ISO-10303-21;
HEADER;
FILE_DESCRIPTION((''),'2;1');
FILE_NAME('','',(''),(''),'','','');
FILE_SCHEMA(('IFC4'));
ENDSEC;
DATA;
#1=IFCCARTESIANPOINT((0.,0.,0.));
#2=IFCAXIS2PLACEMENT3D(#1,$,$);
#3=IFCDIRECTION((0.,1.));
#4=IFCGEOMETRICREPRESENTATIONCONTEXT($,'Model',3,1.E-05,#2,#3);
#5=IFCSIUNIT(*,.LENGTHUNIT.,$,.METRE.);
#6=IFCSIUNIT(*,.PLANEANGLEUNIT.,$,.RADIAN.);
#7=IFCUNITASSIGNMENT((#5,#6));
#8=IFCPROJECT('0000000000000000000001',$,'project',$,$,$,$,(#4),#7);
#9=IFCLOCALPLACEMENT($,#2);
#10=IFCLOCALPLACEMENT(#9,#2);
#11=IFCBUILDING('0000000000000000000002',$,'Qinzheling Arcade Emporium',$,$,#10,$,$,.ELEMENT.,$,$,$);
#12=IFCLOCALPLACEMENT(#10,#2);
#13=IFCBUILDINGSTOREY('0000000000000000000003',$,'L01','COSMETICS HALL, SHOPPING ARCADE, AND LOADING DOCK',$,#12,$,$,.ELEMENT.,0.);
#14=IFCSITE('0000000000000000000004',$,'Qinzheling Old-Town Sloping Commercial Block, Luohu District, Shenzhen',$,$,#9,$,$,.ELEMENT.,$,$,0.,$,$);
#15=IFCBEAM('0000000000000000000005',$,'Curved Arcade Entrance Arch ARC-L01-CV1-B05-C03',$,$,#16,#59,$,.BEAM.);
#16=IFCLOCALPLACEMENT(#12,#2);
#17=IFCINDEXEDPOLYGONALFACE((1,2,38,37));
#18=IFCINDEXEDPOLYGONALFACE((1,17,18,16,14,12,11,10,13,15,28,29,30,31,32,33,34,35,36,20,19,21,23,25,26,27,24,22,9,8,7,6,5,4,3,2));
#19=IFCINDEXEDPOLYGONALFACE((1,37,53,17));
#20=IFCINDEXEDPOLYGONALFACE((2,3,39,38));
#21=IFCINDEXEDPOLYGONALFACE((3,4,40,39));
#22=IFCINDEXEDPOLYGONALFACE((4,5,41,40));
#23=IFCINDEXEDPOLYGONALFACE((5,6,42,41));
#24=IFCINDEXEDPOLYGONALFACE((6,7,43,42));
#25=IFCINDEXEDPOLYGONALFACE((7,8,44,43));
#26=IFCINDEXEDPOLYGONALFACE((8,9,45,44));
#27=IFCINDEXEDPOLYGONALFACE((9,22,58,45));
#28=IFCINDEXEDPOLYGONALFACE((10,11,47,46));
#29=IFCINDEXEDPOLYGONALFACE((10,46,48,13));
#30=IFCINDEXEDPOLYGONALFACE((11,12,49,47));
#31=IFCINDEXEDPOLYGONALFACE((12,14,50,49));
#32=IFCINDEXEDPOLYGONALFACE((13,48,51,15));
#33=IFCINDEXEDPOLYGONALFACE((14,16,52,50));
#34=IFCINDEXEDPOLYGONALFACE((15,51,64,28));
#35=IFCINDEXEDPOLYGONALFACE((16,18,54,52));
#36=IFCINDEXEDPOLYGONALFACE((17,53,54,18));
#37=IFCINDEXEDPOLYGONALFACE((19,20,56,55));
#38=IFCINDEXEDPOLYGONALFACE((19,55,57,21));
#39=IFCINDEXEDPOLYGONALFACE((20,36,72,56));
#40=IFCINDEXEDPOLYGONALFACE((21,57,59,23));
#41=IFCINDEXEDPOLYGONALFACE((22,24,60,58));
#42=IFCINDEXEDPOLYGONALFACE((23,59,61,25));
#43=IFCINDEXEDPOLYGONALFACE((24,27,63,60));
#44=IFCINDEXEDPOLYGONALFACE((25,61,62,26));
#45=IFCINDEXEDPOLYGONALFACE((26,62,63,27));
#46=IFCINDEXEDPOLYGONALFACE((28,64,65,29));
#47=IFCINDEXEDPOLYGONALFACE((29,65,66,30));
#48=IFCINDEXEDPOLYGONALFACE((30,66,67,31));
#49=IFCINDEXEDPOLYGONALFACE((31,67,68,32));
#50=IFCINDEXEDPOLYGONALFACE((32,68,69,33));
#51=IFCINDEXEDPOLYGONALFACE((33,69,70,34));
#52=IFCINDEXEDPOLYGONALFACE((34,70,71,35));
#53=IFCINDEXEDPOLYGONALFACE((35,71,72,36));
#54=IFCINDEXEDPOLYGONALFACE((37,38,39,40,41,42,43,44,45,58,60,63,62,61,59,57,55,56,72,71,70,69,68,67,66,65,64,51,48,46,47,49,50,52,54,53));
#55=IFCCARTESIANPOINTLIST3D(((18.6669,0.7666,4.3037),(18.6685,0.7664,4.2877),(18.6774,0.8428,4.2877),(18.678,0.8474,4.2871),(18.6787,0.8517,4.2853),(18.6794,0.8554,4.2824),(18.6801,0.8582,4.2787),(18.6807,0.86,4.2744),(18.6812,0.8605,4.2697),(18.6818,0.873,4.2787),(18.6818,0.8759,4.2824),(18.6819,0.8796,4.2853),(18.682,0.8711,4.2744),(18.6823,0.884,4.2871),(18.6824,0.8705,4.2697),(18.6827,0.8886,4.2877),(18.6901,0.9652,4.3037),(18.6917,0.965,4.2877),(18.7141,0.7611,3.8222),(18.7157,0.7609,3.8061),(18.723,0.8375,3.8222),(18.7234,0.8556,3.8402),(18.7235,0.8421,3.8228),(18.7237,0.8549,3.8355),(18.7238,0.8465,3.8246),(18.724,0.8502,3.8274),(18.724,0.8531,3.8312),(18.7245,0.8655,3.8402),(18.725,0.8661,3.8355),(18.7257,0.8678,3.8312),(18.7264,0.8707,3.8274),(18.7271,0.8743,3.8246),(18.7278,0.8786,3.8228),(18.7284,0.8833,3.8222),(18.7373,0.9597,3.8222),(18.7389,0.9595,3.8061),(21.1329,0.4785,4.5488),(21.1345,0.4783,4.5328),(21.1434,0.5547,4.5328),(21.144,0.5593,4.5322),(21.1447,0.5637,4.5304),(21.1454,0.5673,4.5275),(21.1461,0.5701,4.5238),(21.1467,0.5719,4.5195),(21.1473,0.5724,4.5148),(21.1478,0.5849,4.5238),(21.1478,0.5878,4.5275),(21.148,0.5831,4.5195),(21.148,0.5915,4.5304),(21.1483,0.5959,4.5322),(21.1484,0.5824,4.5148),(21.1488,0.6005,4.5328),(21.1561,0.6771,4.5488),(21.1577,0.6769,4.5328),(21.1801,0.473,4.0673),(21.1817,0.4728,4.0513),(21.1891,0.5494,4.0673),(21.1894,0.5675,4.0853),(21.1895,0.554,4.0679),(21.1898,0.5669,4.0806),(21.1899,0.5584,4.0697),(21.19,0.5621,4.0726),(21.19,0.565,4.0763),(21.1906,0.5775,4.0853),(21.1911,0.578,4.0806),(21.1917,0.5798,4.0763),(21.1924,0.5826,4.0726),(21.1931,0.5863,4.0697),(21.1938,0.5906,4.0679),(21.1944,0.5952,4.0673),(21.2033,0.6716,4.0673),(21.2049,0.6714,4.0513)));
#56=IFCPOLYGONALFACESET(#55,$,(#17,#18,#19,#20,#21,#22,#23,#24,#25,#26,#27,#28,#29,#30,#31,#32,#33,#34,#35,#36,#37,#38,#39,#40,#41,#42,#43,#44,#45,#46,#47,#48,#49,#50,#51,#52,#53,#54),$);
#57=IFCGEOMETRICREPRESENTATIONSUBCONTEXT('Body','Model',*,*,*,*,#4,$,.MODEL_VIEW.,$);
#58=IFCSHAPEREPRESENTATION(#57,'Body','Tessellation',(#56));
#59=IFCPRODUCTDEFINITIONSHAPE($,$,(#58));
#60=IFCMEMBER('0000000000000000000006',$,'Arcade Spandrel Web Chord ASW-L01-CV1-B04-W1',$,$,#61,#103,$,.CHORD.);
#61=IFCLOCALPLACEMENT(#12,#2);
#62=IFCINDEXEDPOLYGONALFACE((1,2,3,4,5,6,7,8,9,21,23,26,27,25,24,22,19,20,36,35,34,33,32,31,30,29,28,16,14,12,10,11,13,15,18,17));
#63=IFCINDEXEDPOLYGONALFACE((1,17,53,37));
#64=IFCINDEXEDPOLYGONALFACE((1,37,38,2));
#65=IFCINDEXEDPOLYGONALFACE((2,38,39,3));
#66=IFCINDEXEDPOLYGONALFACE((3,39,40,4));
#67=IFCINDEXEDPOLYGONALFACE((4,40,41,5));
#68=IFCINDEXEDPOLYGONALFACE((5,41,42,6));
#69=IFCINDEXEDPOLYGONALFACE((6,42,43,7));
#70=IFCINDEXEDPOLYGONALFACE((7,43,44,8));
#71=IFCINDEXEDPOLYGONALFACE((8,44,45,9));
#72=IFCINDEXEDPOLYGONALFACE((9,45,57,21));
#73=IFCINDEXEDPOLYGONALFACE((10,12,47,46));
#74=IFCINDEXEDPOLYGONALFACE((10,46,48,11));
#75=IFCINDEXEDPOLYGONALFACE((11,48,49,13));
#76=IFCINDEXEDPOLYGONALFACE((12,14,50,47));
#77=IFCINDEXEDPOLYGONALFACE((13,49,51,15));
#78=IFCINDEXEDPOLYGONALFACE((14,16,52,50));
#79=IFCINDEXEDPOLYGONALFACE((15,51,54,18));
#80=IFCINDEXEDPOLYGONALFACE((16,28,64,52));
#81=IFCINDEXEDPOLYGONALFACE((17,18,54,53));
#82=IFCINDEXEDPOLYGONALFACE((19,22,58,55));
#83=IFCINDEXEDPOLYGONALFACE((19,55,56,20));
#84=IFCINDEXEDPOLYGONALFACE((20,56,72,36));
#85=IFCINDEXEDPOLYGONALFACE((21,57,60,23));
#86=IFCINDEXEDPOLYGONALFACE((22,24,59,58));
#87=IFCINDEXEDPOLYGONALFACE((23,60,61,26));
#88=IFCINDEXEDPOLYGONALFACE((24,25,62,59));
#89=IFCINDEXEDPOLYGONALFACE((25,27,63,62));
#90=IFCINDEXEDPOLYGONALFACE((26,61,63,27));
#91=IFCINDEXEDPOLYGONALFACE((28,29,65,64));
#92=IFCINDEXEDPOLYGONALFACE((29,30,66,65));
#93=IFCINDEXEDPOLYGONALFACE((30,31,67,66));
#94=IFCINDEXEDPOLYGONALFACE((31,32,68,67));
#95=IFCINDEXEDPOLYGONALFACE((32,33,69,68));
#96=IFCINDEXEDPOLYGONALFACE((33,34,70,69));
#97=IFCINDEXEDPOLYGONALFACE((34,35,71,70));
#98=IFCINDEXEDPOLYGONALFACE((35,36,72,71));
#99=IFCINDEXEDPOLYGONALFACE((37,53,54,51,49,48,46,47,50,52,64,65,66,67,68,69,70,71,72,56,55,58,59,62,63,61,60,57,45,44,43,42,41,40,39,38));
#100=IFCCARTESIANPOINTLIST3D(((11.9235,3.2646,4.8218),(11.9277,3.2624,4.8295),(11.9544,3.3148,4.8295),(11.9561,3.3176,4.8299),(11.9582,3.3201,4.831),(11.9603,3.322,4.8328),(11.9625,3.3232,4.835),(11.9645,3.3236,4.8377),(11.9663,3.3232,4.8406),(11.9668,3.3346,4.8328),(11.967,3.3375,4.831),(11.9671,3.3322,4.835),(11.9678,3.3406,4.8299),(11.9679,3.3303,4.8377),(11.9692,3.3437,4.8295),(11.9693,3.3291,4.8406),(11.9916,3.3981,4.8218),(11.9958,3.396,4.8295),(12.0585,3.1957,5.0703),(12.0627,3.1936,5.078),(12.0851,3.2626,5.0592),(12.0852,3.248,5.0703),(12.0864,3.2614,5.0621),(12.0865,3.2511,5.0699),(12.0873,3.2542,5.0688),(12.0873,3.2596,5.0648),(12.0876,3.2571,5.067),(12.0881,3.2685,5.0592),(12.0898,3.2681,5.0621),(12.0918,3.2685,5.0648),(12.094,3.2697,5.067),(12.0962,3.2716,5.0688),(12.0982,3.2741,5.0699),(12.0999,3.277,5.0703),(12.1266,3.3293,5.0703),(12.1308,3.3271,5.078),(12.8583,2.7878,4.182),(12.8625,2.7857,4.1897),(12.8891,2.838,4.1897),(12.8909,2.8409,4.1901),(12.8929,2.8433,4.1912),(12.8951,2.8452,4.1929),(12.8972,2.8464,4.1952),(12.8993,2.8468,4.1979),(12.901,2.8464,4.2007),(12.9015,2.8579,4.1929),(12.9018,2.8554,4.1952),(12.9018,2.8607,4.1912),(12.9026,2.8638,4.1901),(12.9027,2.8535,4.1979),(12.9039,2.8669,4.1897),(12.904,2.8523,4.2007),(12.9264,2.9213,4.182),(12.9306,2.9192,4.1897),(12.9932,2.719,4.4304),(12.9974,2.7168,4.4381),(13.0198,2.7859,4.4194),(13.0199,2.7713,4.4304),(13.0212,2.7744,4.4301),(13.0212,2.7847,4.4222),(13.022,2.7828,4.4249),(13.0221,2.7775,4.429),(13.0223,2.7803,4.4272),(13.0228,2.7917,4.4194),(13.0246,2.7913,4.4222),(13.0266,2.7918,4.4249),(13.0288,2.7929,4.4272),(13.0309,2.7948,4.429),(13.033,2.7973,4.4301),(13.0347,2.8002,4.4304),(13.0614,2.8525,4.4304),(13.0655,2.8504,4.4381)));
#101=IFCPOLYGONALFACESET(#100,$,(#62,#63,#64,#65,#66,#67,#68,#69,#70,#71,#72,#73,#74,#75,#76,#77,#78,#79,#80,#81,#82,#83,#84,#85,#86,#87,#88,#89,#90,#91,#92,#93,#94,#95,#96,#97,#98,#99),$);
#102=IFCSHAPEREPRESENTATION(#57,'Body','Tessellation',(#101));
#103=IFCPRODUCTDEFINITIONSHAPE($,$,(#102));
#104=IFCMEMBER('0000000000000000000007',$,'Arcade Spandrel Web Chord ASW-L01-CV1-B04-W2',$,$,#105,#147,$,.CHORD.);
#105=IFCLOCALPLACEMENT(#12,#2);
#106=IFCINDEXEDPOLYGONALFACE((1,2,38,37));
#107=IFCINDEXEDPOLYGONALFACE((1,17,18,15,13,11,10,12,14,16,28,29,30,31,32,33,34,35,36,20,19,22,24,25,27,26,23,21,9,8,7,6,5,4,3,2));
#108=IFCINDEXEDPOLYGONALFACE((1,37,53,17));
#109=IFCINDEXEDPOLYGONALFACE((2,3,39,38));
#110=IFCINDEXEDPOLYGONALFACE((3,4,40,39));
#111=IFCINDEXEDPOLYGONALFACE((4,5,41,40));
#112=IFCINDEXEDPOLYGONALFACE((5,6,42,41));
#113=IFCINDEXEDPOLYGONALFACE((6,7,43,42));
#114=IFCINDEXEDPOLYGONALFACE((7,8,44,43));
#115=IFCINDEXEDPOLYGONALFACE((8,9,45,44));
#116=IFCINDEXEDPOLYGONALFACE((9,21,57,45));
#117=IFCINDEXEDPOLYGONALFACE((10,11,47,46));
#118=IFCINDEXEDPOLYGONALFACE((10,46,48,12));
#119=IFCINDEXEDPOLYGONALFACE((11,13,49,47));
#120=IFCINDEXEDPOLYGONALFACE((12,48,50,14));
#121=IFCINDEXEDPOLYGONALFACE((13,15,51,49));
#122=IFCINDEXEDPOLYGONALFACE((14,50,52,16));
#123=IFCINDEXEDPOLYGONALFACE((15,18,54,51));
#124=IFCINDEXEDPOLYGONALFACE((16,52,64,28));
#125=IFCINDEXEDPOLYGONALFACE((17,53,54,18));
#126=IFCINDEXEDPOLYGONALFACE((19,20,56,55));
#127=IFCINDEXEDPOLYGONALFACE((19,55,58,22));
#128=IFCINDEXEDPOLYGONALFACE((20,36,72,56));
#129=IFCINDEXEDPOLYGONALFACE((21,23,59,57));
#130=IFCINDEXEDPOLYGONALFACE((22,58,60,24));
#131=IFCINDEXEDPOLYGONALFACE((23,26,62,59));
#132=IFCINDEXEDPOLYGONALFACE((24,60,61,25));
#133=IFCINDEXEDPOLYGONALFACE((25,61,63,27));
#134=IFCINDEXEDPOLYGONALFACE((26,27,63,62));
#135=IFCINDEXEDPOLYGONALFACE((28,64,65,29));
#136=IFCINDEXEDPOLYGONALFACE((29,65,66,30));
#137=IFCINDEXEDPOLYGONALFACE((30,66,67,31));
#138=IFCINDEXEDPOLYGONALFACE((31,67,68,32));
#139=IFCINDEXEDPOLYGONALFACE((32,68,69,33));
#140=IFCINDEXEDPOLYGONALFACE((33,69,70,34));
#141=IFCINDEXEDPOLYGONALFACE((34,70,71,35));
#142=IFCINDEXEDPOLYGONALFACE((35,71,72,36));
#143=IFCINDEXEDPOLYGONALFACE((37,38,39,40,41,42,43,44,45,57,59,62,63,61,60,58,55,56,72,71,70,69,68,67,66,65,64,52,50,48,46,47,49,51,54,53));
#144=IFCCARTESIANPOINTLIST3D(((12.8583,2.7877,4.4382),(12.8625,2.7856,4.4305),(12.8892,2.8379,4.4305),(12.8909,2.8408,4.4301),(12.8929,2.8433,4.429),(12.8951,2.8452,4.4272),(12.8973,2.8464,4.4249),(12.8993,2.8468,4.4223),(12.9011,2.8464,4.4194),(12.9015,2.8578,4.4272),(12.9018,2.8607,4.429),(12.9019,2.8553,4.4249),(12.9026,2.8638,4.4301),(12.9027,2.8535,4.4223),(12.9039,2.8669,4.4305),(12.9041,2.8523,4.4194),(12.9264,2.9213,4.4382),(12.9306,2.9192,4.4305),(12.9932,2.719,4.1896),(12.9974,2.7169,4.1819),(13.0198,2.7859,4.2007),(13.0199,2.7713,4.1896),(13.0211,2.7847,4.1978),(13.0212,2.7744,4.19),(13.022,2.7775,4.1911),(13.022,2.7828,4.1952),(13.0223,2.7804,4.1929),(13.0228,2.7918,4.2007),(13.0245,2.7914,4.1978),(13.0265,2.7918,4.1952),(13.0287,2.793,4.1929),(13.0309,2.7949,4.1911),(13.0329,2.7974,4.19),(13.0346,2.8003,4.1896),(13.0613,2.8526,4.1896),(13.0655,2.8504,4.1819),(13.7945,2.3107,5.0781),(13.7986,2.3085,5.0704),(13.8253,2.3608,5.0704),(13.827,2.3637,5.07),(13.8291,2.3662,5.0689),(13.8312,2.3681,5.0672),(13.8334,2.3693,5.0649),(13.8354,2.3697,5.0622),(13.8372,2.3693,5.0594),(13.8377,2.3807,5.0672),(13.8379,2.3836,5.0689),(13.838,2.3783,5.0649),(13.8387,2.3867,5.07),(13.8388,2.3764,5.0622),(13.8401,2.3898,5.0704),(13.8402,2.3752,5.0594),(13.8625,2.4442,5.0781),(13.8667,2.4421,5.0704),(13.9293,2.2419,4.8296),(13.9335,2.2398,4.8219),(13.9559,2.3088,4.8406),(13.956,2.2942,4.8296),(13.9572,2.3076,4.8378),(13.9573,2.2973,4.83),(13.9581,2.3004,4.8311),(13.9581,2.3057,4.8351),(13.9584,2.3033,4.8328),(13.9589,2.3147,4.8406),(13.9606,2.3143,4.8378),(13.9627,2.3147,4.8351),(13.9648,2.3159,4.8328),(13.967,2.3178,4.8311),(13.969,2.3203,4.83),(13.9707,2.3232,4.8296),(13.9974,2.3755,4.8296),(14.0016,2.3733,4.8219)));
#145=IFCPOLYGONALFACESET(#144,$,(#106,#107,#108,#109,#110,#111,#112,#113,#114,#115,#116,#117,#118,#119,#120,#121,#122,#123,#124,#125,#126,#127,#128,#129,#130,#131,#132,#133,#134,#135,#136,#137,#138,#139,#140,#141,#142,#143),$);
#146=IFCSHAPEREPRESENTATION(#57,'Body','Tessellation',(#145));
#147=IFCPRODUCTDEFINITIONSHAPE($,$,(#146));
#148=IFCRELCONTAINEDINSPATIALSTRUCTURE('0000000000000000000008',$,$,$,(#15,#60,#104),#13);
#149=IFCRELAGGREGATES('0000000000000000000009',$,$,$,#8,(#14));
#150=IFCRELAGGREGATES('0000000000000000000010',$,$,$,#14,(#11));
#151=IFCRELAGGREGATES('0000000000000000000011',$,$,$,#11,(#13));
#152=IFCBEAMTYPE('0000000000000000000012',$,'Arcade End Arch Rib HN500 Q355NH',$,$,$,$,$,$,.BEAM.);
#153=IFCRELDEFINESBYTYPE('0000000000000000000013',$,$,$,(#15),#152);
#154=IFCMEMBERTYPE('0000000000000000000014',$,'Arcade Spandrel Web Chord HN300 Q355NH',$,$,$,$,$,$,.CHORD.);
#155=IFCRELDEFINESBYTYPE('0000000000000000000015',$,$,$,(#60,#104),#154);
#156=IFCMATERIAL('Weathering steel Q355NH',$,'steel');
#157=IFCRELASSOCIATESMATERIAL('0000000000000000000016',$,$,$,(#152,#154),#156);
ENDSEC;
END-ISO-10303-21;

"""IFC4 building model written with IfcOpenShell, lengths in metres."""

from ifc_helpers import new_model, si_unit, direction, frame, origin, origin_2d, place, context, subcontext, project, spatial, i_section, extrude, material, material_profile, profile_set, type_object, element, save


model = new_model("IFC4")

# Units and contexts
model_context = context("Model", 3, precision=1e-05, world=origin(), true_north=direction((0.0, 1.0)))
body_context = subcontext(model_context, "Body", "Model", "MODEL_VIEW")
ifc_project = project(units=[si_unit("LENGTHUNIT", "METRE"), si_unit("PLANEANGLEUNIT", "RADIAN")], contexts=[model_context])

# Site, building, storey
site_placement = place(None, origin())
site = spatial("IfcSite", under=ifc_project, at=site_placement, Name="Qinzheling Old-Town Sloping Commercial Block, Luohu District, Shenzhen", CompositionType="ELEMENT", RefElevation=0.0)
building_placement = place(site_placement, origin())
building = spatial("IfcBuilding", under=site, at=building_placement, Name="Qinzheling Arcade Emporium", CompositionType="ELEMENT")
storey_placement = place(building_placement, origin())
storey = spatial("IfcBuildingStorey", under=building, at=storey_placement, Name="L01", Description="COSMETICS HALL, SHOPPING ARCADE, AND LOADING DOCK", CompositionType="ELEMENT", Elevation=0.0)

# Beam
ifc_material_1 = material(Name="Weathering steel Q355NH", Category="steel")
ifc_material_profile_1 = material_profile(ifc_material_1, i_section(OverallWidth=0.2, OverallDepth=0.5, WebThickness=0.01, FlangeThickness=0.0161, FilletRadius=0.0181, at=origin_2d()), Name="HN 500x200x10x16", Category="steel")
ifc_profile_set_1 = profile_set([ifc_material_profile_1], Name="Weathering steel Q355NH")
beam_type_1 = type_object("IfcBeamType", Name="Arcade End Arch Rib HN500 Q355NH", PredefinedType="BEAM", material=ifc_profile_set_1)
beam_1_placement = place(storey_placement, frame((18.7029, 0.863, 4.0549), z_axis=(0.98844, -0.11547, 0.098247), x_axis=(0.116031, 0.993246, 0.0)))
element("IfcBeam", 1, at=beam_1_placement, inside=storey, type_object=beam_type_1, Name="Curved Arcade Entrance Arch ARC-L01-CV1-B05-C03", PredefinedType="BEAM", context=body_context, shape_type="SweptSolid", body=[
    extrude(i_section(OverallWidth=0.2, OverallDepth=0.5, WebThickness=0.01, FlangeThickness=0.0161, FilletRadius=0.0181, at=origin_2d()), origin(), (0.0, 0.0, 1.0), 2.4949),
])

# Members
ifc_material_profile_2 = material_profile(ifc_material_1, i_section(OverallWidth=0.1499, OverallDepth=0.3, WebThickness=0.0066, FlangeThickness=0.009, FilletRadius=0.0129, at=origin_2d()), Name="HN 300x150x6.5x9", Category="steel")
ifc_profile_set_2 = profile_set([ifc_material_profile_2], Name="Weathering steel Q355NH")
member_type_1 = type_object("IfcMemberType", Name="Arcade Spandrel Web Chord HN300 Q355NH", PredefinedType="CHORD", material=ifc_profile_set_2)
member_1_placement = place(storey_placement, frame((12.9619, 2.8191, 4.3101), z_axis=(-0.760569, 0.387932, 0.520619), x_axis=(-0.454365, -0.890816, 0.0)))
element("IfcMember", 2, at=member_1_placement, inside=storey, type_object=member_type_1, Name="Arcade Spandrel Web Chord ASW-L01-CV1-B04-W1", PredefinedType="CHORD", context=body_context, shape_type="SweptSolid", body=[
    extrude(i_section(OverallWidth=0.1499, OverallDepth=0.3, WebThickness=0.0066, FlangeThickness=0.009, FilletRadius=0.0129, at=origin_2d()), origin(), (0.0, 0.0, 1.0), 1.229),
])
member_2_placement = place(storey_placement, frame((12.9619, 2.8191, 4.3101), z_axis=(0.760928, -0.387807, 0.520186), x_axis=(0.454079, 0.890961, 0.0)))
element("IfcMember", 3, at=member_2_placement, inside=storey, type_object=member_type_1, Name="Arcade Spandrel Web Chord ASW-L01-CV1-B04-W2", PredefinedType="CHORD", context=body_context, shape_type="SweptSolid", body=[
    extrude(i_section(OverallWidth=0.1499, OverallDepth=0.3, WebThickness=0.0066, FlangeThickness=0.009, FilletRadius=0.0129, at=origin_2d()), origin(), (0.0, 0.0, 1.0), 1.2302),
])

save(model, "model.ifc")
